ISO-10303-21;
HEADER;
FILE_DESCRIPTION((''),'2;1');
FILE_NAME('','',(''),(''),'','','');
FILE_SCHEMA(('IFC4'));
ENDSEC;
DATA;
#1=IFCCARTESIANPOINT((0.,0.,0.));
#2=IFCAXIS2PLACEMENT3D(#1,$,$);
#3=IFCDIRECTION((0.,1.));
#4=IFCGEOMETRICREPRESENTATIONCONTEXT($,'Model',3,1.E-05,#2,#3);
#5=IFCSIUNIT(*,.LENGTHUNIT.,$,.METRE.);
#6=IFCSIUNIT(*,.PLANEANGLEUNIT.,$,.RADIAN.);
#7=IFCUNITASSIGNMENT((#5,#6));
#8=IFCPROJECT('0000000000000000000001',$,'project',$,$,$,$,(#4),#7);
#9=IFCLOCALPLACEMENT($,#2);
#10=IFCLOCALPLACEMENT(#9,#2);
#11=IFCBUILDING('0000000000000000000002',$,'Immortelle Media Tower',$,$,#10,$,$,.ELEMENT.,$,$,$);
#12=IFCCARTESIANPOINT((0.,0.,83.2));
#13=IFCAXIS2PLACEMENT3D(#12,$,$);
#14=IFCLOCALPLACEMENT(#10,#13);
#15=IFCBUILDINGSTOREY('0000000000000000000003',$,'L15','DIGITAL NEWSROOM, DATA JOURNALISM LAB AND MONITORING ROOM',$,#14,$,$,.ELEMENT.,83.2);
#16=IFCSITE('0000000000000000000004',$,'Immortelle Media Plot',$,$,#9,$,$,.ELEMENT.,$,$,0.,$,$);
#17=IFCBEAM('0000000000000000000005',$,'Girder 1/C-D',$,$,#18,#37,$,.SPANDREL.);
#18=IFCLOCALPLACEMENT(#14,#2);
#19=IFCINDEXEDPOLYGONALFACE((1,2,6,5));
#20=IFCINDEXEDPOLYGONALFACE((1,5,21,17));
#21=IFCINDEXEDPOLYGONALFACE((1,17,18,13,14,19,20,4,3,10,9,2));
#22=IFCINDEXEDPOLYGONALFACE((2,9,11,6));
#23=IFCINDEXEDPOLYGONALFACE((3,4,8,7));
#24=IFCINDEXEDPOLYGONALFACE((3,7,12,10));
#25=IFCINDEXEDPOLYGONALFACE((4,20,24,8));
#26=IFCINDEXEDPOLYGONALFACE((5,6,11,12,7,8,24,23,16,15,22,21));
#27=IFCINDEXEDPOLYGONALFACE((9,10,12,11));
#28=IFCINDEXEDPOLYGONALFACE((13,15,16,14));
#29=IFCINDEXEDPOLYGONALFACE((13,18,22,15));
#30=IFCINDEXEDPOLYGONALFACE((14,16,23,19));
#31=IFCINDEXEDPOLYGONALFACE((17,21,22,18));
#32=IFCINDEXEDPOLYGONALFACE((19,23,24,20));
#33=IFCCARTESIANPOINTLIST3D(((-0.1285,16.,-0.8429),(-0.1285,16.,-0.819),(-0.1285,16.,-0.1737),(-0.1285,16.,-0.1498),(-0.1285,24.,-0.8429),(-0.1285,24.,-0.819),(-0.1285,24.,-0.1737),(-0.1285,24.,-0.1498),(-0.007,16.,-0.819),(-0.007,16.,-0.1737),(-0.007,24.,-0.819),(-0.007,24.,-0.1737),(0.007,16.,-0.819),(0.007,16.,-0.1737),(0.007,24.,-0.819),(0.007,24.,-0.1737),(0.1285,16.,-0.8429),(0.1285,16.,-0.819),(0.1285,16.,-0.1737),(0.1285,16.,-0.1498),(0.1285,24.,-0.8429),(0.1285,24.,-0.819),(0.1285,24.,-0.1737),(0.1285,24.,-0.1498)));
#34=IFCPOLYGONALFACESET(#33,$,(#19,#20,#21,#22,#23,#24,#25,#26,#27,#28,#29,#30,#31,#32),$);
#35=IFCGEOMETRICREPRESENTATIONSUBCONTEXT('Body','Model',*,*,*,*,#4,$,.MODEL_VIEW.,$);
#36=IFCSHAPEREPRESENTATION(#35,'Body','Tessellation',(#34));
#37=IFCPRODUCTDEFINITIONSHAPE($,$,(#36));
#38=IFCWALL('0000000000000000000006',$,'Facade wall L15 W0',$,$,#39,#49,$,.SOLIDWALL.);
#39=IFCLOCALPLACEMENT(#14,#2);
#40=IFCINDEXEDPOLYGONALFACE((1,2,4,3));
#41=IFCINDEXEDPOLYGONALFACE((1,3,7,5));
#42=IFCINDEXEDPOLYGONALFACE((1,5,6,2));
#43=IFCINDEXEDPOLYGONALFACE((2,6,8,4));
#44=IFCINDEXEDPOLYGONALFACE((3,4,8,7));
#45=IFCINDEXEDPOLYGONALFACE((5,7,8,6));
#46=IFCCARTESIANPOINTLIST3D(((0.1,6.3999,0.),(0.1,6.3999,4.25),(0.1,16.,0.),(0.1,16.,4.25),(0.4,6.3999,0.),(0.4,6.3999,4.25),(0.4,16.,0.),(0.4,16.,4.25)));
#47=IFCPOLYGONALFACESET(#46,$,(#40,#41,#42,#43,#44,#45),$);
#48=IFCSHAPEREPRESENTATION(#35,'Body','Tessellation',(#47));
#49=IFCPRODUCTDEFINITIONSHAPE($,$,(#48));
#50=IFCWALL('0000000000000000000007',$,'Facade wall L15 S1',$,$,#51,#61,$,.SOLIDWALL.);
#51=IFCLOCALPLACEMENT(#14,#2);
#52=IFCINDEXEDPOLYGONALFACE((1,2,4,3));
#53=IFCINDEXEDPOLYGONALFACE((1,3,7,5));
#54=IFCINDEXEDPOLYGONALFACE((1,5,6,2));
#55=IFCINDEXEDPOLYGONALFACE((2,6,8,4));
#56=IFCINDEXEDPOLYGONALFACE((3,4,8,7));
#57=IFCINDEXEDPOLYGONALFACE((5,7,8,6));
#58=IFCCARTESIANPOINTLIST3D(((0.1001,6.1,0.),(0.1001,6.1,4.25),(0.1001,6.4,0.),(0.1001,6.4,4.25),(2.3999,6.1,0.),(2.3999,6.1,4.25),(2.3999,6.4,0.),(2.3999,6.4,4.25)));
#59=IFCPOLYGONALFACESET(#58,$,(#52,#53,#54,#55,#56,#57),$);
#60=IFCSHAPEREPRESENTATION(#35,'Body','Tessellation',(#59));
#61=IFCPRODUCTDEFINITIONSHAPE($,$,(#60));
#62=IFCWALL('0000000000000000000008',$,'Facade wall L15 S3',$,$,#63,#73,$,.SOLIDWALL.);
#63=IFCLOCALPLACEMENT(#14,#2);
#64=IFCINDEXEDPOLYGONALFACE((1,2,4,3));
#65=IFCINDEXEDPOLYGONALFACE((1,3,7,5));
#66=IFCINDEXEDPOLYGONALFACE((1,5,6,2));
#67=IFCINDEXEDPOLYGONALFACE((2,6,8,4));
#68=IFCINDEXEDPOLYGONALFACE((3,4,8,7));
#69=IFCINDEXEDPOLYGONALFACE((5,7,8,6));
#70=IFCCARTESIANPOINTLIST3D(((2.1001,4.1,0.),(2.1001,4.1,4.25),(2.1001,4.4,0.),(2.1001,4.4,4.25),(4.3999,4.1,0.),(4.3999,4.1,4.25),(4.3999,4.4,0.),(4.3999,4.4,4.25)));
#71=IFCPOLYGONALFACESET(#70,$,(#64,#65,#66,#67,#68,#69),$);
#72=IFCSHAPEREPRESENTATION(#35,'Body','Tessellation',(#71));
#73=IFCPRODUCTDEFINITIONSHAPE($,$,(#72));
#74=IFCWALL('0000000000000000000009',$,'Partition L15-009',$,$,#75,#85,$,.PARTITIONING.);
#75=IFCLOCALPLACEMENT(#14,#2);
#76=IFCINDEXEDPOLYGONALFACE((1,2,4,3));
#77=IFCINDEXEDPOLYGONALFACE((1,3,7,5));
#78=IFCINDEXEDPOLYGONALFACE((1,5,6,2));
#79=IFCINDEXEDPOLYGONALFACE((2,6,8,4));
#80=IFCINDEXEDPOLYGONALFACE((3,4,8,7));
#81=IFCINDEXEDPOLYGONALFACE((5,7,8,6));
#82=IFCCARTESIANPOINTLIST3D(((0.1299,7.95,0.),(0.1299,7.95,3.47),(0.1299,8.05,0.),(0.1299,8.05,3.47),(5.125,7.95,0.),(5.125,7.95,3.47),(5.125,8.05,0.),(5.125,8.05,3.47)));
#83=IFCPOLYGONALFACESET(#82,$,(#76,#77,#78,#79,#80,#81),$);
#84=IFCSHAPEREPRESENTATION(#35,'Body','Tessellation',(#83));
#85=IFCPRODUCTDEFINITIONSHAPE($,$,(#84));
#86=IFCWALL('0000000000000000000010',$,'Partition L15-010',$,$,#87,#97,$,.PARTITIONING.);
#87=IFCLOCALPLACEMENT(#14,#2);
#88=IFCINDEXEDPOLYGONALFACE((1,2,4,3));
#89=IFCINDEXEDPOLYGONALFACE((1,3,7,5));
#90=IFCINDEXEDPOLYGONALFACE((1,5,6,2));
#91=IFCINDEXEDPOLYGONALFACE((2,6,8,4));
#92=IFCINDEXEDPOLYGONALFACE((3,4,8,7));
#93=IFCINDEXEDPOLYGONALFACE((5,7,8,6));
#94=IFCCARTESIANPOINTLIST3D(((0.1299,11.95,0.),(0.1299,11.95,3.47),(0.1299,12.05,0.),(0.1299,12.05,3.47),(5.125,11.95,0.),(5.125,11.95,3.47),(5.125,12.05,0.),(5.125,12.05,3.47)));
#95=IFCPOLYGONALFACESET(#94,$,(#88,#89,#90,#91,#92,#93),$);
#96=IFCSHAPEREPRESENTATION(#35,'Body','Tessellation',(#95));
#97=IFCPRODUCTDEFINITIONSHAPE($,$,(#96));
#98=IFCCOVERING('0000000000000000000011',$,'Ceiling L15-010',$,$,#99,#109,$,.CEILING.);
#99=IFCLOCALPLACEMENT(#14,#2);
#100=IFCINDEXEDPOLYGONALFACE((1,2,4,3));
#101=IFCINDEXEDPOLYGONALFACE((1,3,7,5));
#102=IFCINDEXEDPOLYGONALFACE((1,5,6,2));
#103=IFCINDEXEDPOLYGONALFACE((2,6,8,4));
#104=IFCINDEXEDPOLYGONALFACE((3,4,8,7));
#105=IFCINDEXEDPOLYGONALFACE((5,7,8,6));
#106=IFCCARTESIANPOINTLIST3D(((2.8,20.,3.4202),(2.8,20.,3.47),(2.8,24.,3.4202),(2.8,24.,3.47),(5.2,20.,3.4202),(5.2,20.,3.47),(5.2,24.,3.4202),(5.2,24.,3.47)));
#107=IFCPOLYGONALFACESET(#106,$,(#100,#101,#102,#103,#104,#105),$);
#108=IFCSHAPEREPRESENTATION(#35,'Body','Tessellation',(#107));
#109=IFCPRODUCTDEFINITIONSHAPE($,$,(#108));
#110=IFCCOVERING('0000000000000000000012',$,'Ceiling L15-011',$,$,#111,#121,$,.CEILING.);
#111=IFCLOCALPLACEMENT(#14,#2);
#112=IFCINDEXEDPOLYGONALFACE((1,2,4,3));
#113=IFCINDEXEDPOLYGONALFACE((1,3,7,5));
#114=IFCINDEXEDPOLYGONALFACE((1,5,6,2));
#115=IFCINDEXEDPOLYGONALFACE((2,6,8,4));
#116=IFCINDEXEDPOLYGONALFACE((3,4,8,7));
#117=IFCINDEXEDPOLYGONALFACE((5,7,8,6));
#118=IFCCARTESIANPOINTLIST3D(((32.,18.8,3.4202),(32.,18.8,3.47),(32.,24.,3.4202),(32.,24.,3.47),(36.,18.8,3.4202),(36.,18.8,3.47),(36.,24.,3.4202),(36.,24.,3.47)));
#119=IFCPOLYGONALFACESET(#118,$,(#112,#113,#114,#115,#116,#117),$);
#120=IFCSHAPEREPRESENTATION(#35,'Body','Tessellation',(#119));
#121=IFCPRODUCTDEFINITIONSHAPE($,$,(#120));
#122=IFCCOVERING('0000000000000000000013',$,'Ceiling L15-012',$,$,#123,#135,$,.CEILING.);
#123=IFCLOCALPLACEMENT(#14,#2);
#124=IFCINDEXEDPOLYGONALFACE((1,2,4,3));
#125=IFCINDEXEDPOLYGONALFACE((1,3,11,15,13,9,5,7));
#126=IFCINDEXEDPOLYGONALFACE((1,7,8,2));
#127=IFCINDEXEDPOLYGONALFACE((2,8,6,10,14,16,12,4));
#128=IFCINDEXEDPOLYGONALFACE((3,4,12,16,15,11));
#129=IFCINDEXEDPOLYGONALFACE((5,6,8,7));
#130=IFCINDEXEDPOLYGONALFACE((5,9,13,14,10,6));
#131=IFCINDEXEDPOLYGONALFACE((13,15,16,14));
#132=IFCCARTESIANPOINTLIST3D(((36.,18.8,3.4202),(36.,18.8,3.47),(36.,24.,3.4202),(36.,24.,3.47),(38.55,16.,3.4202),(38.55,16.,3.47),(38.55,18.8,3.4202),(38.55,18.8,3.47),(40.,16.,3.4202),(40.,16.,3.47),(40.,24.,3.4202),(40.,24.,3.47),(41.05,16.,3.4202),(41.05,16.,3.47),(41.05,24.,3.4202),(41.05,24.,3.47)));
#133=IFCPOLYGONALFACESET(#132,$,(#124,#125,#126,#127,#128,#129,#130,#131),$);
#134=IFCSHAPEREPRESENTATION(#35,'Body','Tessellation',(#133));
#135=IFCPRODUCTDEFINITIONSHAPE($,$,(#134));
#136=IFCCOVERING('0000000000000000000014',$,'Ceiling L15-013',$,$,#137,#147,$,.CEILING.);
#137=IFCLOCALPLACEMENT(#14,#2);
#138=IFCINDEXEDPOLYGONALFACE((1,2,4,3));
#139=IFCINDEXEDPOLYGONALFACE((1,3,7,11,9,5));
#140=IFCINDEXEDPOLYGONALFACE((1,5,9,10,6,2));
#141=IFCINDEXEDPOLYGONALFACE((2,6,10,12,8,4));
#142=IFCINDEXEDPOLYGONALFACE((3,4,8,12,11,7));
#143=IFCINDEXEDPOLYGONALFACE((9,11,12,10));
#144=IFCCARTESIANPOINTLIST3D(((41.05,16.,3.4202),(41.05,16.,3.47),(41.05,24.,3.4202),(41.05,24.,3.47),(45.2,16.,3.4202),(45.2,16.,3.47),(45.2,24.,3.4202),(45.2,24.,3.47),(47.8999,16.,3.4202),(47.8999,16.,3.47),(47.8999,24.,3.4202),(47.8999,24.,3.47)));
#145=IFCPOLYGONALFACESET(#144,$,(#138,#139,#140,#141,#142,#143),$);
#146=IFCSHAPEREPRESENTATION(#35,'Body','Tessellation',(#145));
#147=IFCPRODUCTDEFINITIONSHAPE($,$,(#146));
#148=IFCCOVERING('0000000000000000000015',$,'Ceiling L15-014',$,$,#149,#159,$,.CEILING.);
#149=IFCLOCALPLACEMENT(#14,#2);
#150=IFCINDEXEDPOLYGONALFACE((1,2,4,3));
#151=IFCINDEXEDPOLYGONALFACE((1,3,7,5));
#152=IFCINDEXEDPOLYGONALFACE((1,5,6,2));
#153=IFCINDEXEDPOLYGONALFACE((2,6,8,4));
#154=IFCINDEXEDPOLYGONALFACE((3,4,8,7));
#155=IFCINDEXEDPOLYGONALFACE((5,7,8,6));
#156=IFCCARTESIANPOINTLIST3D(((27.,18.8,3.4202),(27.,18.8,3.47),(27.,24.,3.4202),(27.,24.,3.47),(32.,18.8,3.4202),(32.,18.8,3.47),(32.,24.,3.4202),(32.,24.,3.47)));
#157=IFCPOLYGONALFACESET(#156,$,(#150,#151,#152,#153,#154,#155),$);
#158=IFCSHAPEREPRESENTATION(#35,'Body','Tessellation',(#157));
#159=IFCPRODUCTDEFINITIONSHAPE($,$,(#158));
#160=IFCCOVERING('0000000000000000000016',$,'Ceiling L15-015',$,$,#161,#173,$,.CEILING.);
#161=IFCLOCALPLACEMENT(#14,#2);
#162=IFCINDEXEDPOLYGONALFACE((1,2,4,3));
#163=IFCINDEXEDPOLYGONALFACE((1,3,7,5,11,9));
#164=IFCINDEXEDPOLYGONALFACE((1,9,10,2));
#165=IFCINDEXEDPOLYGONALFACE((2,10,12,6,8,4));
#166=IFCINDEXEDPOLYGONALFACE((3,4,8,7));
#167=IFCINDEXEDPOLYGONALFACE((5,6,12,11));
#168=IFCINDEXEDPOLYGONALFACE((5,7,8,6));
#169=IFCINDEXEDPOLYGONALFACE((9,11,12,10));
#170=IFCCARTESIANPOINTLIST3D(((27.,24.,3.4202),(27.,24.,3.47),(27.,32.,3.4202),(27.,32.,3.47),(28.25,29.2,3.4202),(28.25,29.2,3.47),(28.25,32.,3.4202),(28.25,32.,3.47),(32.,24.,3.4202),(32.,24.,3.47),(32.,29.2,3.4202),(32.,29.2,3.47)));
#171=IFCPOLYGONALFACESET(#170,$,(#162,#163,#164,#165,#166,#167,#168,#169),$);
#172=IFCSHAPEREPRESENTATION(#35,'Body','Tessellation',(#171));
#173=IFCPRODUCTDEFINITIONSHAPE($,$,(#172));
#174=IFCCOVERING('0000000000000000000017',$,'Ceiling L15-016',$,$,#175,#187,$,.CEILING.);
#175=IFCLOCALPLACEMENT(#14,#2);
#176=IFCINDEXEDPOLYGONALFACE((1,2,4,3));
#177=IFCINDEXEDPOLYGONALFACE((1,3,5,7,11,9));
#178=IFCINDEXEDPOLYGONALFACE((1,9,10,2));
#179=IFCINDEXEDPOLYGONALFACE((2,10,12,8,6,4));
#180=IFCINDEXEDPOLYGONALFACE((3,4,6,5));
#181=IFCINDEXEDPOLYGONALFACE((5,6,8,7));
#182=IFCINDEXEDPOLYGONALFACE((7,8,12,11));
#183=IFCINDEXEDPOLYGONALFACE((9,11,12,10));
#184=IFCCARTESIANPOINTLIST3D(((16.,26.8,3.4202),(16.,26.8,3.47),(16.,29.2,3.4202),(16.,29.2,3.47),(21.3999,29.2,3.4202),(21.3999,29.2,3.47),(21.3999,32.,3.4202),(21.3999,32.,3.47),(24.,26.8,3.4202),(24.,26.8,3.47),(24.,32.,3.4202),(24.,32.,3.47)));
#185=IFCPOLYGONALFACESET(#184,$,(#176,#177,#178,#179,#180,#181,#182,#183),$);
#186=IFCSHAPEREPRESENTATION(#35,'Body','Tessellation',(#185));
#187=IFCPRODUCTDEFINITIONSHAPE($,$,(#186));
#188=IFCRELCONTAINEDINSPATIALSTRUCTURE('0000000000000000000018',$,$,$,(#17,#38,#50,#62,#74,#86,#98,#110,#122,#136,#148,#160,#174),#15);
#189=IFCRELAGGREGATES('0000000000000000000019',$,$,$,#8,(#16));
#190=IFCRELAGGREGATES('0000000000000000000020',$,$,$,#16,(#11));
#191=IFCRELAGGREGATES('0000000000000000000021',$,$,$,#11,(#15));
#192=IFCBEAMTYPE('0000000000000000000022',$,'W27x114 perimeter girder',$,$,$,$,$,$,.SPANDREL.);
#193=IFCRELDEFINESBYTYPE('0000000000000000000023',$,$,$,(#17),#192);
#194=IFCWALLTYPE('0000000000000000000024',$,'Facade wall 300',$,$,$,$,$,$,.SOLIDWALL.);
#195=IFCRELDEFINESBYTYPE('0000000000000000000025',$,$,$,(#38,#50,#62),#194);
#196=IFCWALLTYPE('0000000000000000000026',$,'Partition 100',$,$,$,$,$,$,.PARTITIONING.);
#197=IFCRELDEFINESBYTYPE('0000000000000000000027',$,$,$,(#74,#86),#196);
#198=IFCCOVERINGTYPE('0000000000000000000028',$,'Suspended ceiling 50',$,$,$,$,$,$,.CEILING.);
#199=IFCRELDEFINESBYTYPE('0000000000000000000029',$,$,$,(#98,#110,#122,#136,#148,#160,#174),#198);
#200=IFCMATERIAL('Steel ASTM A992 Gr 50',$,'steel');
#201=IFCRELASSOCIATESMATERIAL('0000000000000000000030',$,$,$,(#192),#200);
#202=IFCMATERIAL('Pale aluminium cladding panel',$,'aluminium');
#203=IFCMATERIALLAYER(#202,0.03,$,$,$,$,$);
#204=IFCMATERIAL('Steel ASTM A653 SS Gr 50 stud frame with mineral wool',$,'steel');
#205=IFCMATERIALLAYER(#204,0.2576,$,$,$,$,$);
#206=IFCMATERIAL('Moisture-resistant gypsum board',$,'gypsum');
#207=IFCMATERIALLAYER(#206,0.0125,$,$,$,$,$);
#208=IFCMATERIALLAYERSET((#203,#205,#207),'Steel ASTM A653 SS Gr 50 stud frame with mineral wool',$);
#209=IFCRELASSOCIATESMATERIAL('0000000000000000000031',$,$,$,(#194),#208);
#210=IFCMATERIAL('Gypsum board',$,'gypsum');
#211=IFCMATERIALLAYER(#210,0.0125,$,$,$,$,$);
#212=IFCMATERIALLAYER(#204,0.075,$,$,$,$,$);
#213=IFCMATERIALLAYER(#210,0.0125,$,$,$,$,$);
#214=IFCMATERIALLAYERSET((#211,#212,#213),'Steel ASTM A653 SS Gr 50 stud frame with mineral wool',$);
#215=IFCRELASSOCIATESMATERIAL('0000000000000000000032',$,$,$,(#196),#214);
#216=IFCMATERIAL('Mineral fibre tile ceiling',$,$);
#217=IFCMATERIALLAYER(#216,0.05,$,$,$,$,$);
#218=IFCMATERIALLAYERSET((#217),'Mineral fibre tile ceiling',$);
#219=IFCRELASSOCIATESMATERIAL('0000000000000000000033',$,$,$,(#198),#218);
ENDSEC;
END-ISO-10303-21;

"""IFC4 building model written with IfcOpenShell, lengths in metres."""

from ifc_helpers import new_model, si_unit, direction, frame, frame_2d, origin, origin_2d, place, context, subcontext, project, spatial, polyline, rectangle, i_section, outline, extrude, material, layer, layer_set, material_profile, profile_set, type_object, element, save


model = new_model("IFC4")

# Units and contexts
model_context = context("Model", 3, precision=1e-05, world=origin(), true_north=direction((0.0, 1.0)))
body_context = subcontext(model_context, "Body", "Model", "MODEL_VIEW")
ifc_project = project(units=[si_unit("LENGTHUNIT", "METRE"), si_unit("PLANEANGLEUNIT", "RADIAN")], contexts=[model_context])

# Site, building, storey
site_placement = place(None, origin())
site = spatial("IfcSite", under=ifc_project, at=site_placement, Name="Immortelle Media Plot", CompositionType="ELEMENT", RefElevation=0.0)
building_placement = place(site_placement, origin())
building = spatial("IfcBuilding", under=site, at=building_placement, Name="Immortelle Media Tower", CompositionType="ELEMENT")
storey_placement = place(building_placement, frame((0.0, 0.0, 83.2)))
storey = spatial("IfcBuildingStorey", under=building, at=storey_placement, Name="L15", Description="DIGITAL NEWSROOM, DATA JOURNALISM LAB AND MONITORING ROOM", CompositionType="ELEMENT", Elevation=83.2)

# Shared definitions
ifc_material_1 = material(Name="Steel ASTM A992 Gr 50", Category="steel")

# Beam
ifc_material_profile_1 = material_profile(ifc_material_1, i_section(OverallWidth=0.2571, OverallDepth=0.6931, WebThickness=0.0139, FlangeThickness=0.0239, at=origin_2d()), Name="W27x114")
ifc_profile_set_1 = profile_set([ifc_material_profile_1], Name="Steel ASTM A992 Gr 50")
beam_type_1 = type_object("IfcBeamType", Name="W27x114 perimeter girder", PredefinedType="SPANDREL", material=ifc_profile_set_1)
for number, where, z_axis, x_axis, name in (
    (1, (0.0, 16.0, -0.4963), (0.0, 1.0, 0.0), (-1.0, 0.0, 0.0), "Girder 1/C-D"),
):
    element("IfcBeam", number, at=place(storey_placement, frame(where, z_axis=z_axis, x_axis=x_axis)), inside=storey, type_object=beam_type_1, Name=name, PredefinedType="SPANDREL", context=body_context, shape_type="SweptSolid", body=[
        extrude(i_section(OverallWidth=0.2571, OverallDepth=0.6931, WebThickness=0.0139, FlangeThickness=0.0239, at=origin_2d()), origin(), (0.0, 0.0, 1.0), 8.0),
    ])

# Walls
ifc_material_2 = material(Name="Pale aluminium cladding panel", Category="aluminium")
ifc_layer_1 = layer(ifc_material_2, 0.03)
ifc_material_3 = material(Name="Steel ASTM A653 SS Gr 50 stud frame with mineral wool", Category="steel")
ifc_layer_2 = layer(ifc_material_3, 0.2576)
ifc_material_4 = material(Name="Moisture-resistant gypsum board", Category="gypsum")
ifc_layer_3 = layer(ifc_material_4, 0.0125)
ifc_layer_set_1 = layer_set([ifc_layer_1, ifc_layer_2, ifc_layer_3], Name="Steel ASTM A653 SS Gr 50 stud frame with mineral wool")
wall_type_1 = type_object("IfcWallType", Name="Facade wall 300", PredefinedType="SOLIDWALL", material=ifc_layer_set_1)
wall_placement = place(storey_placement, frame((0.25, 16.0, 0.0), z_axis=(0.0, 0.0, 1.0), x_axis=(0.0, -1.0, 0.0)))
element("IfcWall", 2, at=wall_placement, inside=storey, type_object=wall_type_1, Name="Facade wall L15 W0", PredefinedType="SOLIDWALL", context=body_context, shape_type="SweptSolid", body=[
    extrude(rectangle(XDim=9.6001, YDim=0.3, at=frame_2d((4.8, 0.0))), origin(), (0.0, 0.0, 1.0), 4.25),
])
for number, where, z_axis, x_axis, name in (
    (3, (0.1001, 6.25, 0.0), (0.0, 0.0, 1.0), (1.0, 0.0, 0.0), "Facade wall L15 S1"),
    (4, (2.1001, 4.25, 0.0), (0.0, 0.0, 1.0), (1.0, 0.0, 0.0), "Facade wall L15 S3"),
):
    element("IfcWall", number, at=place(storey_placement, frame(where, z_axis=z_axis, x_axis=x_axis)), inside=storey, type_object=wall_type_1, Name=name, PredefinedType="SOLIDWALL", context=body_context, shape_type="SweptSolid", body=[
        extrude(rectangle(XDim=2.2998, YDim=0.3, at=frame_2d((1.1499, 0.0))), origin(), (0.0, 0.0, 1.0), 4.25),
    ])
ifc_material_5 = material(Name="Gypsum board", Category="gypsum")
ifc_layer_4 = layer(ifc_material_5, 0.0125)
ifc_layer_5 = layer(ifc_material_3, 0.075)
ifc_layer_6 = layer(ifc_material_5, 0.0125)
ifc_layer_set_2 = layer_set([ifc_layer_4, ifc_layer_5, ifc_layer_6], Name="Steel ASTM A653 SS Gr 50 stud frame with mineral wool")
wall_type_2 = type_object("IfcWallType", Name="Partition 100", PredefinedType="PARTITIONING", material=ifc_layer_set_2)
for number, where, z_axis, x_axis, name in (
    (5, (0.1299, 8.0, 0.0), (0.0, 0.0, 1.0), (1.0, 0.0, 0.0), "Partition L15-009"),
    (6, (0.1299, 12.0, 0.0), (0.0, 0.0, 1.0), (1.0, 0.0, 0.0), "Partition L15-010"),
):
    element("IfcWall", number, at=place(storey_placement, frame(where, z_axis=z_axis, x_axis=x_axis)), inside=storey, type_object=wall_type_2, Name=name, PredefinedType="PARTITIONING", context=body_context, shape_type="SweptSolid", body=[
        extrude(rectangle(XDim=4.9951, YDim=0.1001, at=frame_2d((2.4976, 0.0))), origin(), (0.0, 0.0, 1.0), 3.47),
    ])

# Coverings
ifc_material_6 = material(Name="Mineral fibre tile ceiling")
ifc_layer_7 = layer(ifc_material_6, 0.05)
ifc_layer_set_3 = layer_set([ifc_layer_7], Name="Mineral fibre tile ceiling")
covering_type = type_object("IfcCoveringType", Name="Suspended ceiling 50", PredefinedType="CEILING", material=ifc_layer_set_3)
covering_1_placement = place(storey_placement, frame((0.0, 0.0, 3.4202)))
element("IfcCovering", 7, at=covering_1_placement, inside=storey, type_object=covering_type, Name="Ceiling L15-010", PredefinedType="CEILING", context=body_context, shape_type="SweptSolid", body=[
    extrude(outline(polyline([(2.8, 24.0), (5.2, 24.0), (5.2, 20.0), (2.8, 20.0), (2.8, 24.0)])), origin(), (0.0, 0.0, 1.0), 0.0498),
])
covering_2_placement = place(storey_placement, frame((0.0, 0.0, 3.4202)))
element("IfcCovering", 8, at=covering_2_placement, inside=storey, type_object=covering_type, Name="Ceiling L15-011", PredefinedType="CEILING", context=body_context, shape_type="SweptSolid", body=[
    extrude(outline(polyline([(32.0, 18.8), (32.0, 24.0), (36.0, 24.0), (36.0, 18.8), (32.0, 18.8)])), origin(), (0.0, 0.0, 1.0), 0.0498),
])
covering_3_placement = place(storey_placement, frame((0.0, 0.0, 3.4202)))
element("IfcCovering", 9, at=covering_3_placement, inside=storey, type_object=covering_type, Name="Ceiling L15-012", PredefinedType="CEILING", context=body_context, shape_type="SweptSolid", body=[
    extrude(outline(polyline([(36.0, 18.8), (36.0, 24.0), (40.0, 24.0), (41.05, 24.0), (41.05, 16.0), (40.0, 16.0), (38.55, 16.0), (38.55, 18.8), (36.0, 18.8)])), origin(), (0.0, 0.0, 1.0), 0.0498),
])
covering_4_placement = place(storey_placement, frame((0.0, 0.0, 3.4202)))
element("IfcCovering", 10, at=covering_4_placement, inside=storey, type_object=covering_type, Name="Ceiling L15-013", PredefinedType="CEILING", context=body_context, shape_type="SweptSolid", body=[
    extrude(outline(polyline([(45.2, 24.0), (47.8999, 24.0), (47.8999, 16.0), (45.2, 16.0), (41.05, 16.0), (41.05, 24.0), (45.2, 24.0)])), origin(), (0.0, 0.0, 1.0), 0.0498),
])
covering_5_placement = place(storey_placement, frame((0.0, 0.0, 3.4202)))
element("IfcCovering", 11, at=covering_5_placement, inside=storey, type_object=covering_type, Name="Ceiling L15-014", PredefinedType="CEILING", context=body_context, shape_type="SweptSolid", body=[
    extrude(outline(polyline([(32.0, 18.8), (27.0, 18.8), (27.0, 24.0), (32.0, 24.0), (32.0, 18.8)])), origin(), (0.0, 0.0, 1.0), 0.0498),
])
covering_6_placement = place(storey_placement, frame((0.0, 0.0, 3.4202)))
element("IfcCovering", 12, at=covering_6_placement, inside=storey, type_object=covering_type, Name="Ceiling L15-015", PredefinedType="CEILING", context=body_context, shape_type="SweptSolid", body=[
    extrude(outline(polyline([(27.0, 24.0), (27.0, 32.0), (28.25, 32.0), (28.25, 29.2), (32.0, 29.2), (32.0, 24.0), (27.0, 24.0)])), origin(), (0.0, 0.0, 1.0), 0.0498),
])
covering_7_placement = place(storey_placement, frame((0.0, 0.0, 3.4202)))
element("IfcCovering", 13, at=covering_7_placement, inside=storey, type_object=covering_type, Name="Ceiling L15-016", PredefinedType="CEILING", context=body_context, shape_type="SweptSolid", body=[
    extrude(outline(polyline([(16.0, 26.8), (16.0, 29.2), (21.3999, 29.2), (21.3999, 32.0), (24.0, 32.0), (24.0, 26.8), (16.0, 26.8)])), origin(), (0.0, 0.0, 1.0), 0.0498),
])

save(model, "model.ifc")
